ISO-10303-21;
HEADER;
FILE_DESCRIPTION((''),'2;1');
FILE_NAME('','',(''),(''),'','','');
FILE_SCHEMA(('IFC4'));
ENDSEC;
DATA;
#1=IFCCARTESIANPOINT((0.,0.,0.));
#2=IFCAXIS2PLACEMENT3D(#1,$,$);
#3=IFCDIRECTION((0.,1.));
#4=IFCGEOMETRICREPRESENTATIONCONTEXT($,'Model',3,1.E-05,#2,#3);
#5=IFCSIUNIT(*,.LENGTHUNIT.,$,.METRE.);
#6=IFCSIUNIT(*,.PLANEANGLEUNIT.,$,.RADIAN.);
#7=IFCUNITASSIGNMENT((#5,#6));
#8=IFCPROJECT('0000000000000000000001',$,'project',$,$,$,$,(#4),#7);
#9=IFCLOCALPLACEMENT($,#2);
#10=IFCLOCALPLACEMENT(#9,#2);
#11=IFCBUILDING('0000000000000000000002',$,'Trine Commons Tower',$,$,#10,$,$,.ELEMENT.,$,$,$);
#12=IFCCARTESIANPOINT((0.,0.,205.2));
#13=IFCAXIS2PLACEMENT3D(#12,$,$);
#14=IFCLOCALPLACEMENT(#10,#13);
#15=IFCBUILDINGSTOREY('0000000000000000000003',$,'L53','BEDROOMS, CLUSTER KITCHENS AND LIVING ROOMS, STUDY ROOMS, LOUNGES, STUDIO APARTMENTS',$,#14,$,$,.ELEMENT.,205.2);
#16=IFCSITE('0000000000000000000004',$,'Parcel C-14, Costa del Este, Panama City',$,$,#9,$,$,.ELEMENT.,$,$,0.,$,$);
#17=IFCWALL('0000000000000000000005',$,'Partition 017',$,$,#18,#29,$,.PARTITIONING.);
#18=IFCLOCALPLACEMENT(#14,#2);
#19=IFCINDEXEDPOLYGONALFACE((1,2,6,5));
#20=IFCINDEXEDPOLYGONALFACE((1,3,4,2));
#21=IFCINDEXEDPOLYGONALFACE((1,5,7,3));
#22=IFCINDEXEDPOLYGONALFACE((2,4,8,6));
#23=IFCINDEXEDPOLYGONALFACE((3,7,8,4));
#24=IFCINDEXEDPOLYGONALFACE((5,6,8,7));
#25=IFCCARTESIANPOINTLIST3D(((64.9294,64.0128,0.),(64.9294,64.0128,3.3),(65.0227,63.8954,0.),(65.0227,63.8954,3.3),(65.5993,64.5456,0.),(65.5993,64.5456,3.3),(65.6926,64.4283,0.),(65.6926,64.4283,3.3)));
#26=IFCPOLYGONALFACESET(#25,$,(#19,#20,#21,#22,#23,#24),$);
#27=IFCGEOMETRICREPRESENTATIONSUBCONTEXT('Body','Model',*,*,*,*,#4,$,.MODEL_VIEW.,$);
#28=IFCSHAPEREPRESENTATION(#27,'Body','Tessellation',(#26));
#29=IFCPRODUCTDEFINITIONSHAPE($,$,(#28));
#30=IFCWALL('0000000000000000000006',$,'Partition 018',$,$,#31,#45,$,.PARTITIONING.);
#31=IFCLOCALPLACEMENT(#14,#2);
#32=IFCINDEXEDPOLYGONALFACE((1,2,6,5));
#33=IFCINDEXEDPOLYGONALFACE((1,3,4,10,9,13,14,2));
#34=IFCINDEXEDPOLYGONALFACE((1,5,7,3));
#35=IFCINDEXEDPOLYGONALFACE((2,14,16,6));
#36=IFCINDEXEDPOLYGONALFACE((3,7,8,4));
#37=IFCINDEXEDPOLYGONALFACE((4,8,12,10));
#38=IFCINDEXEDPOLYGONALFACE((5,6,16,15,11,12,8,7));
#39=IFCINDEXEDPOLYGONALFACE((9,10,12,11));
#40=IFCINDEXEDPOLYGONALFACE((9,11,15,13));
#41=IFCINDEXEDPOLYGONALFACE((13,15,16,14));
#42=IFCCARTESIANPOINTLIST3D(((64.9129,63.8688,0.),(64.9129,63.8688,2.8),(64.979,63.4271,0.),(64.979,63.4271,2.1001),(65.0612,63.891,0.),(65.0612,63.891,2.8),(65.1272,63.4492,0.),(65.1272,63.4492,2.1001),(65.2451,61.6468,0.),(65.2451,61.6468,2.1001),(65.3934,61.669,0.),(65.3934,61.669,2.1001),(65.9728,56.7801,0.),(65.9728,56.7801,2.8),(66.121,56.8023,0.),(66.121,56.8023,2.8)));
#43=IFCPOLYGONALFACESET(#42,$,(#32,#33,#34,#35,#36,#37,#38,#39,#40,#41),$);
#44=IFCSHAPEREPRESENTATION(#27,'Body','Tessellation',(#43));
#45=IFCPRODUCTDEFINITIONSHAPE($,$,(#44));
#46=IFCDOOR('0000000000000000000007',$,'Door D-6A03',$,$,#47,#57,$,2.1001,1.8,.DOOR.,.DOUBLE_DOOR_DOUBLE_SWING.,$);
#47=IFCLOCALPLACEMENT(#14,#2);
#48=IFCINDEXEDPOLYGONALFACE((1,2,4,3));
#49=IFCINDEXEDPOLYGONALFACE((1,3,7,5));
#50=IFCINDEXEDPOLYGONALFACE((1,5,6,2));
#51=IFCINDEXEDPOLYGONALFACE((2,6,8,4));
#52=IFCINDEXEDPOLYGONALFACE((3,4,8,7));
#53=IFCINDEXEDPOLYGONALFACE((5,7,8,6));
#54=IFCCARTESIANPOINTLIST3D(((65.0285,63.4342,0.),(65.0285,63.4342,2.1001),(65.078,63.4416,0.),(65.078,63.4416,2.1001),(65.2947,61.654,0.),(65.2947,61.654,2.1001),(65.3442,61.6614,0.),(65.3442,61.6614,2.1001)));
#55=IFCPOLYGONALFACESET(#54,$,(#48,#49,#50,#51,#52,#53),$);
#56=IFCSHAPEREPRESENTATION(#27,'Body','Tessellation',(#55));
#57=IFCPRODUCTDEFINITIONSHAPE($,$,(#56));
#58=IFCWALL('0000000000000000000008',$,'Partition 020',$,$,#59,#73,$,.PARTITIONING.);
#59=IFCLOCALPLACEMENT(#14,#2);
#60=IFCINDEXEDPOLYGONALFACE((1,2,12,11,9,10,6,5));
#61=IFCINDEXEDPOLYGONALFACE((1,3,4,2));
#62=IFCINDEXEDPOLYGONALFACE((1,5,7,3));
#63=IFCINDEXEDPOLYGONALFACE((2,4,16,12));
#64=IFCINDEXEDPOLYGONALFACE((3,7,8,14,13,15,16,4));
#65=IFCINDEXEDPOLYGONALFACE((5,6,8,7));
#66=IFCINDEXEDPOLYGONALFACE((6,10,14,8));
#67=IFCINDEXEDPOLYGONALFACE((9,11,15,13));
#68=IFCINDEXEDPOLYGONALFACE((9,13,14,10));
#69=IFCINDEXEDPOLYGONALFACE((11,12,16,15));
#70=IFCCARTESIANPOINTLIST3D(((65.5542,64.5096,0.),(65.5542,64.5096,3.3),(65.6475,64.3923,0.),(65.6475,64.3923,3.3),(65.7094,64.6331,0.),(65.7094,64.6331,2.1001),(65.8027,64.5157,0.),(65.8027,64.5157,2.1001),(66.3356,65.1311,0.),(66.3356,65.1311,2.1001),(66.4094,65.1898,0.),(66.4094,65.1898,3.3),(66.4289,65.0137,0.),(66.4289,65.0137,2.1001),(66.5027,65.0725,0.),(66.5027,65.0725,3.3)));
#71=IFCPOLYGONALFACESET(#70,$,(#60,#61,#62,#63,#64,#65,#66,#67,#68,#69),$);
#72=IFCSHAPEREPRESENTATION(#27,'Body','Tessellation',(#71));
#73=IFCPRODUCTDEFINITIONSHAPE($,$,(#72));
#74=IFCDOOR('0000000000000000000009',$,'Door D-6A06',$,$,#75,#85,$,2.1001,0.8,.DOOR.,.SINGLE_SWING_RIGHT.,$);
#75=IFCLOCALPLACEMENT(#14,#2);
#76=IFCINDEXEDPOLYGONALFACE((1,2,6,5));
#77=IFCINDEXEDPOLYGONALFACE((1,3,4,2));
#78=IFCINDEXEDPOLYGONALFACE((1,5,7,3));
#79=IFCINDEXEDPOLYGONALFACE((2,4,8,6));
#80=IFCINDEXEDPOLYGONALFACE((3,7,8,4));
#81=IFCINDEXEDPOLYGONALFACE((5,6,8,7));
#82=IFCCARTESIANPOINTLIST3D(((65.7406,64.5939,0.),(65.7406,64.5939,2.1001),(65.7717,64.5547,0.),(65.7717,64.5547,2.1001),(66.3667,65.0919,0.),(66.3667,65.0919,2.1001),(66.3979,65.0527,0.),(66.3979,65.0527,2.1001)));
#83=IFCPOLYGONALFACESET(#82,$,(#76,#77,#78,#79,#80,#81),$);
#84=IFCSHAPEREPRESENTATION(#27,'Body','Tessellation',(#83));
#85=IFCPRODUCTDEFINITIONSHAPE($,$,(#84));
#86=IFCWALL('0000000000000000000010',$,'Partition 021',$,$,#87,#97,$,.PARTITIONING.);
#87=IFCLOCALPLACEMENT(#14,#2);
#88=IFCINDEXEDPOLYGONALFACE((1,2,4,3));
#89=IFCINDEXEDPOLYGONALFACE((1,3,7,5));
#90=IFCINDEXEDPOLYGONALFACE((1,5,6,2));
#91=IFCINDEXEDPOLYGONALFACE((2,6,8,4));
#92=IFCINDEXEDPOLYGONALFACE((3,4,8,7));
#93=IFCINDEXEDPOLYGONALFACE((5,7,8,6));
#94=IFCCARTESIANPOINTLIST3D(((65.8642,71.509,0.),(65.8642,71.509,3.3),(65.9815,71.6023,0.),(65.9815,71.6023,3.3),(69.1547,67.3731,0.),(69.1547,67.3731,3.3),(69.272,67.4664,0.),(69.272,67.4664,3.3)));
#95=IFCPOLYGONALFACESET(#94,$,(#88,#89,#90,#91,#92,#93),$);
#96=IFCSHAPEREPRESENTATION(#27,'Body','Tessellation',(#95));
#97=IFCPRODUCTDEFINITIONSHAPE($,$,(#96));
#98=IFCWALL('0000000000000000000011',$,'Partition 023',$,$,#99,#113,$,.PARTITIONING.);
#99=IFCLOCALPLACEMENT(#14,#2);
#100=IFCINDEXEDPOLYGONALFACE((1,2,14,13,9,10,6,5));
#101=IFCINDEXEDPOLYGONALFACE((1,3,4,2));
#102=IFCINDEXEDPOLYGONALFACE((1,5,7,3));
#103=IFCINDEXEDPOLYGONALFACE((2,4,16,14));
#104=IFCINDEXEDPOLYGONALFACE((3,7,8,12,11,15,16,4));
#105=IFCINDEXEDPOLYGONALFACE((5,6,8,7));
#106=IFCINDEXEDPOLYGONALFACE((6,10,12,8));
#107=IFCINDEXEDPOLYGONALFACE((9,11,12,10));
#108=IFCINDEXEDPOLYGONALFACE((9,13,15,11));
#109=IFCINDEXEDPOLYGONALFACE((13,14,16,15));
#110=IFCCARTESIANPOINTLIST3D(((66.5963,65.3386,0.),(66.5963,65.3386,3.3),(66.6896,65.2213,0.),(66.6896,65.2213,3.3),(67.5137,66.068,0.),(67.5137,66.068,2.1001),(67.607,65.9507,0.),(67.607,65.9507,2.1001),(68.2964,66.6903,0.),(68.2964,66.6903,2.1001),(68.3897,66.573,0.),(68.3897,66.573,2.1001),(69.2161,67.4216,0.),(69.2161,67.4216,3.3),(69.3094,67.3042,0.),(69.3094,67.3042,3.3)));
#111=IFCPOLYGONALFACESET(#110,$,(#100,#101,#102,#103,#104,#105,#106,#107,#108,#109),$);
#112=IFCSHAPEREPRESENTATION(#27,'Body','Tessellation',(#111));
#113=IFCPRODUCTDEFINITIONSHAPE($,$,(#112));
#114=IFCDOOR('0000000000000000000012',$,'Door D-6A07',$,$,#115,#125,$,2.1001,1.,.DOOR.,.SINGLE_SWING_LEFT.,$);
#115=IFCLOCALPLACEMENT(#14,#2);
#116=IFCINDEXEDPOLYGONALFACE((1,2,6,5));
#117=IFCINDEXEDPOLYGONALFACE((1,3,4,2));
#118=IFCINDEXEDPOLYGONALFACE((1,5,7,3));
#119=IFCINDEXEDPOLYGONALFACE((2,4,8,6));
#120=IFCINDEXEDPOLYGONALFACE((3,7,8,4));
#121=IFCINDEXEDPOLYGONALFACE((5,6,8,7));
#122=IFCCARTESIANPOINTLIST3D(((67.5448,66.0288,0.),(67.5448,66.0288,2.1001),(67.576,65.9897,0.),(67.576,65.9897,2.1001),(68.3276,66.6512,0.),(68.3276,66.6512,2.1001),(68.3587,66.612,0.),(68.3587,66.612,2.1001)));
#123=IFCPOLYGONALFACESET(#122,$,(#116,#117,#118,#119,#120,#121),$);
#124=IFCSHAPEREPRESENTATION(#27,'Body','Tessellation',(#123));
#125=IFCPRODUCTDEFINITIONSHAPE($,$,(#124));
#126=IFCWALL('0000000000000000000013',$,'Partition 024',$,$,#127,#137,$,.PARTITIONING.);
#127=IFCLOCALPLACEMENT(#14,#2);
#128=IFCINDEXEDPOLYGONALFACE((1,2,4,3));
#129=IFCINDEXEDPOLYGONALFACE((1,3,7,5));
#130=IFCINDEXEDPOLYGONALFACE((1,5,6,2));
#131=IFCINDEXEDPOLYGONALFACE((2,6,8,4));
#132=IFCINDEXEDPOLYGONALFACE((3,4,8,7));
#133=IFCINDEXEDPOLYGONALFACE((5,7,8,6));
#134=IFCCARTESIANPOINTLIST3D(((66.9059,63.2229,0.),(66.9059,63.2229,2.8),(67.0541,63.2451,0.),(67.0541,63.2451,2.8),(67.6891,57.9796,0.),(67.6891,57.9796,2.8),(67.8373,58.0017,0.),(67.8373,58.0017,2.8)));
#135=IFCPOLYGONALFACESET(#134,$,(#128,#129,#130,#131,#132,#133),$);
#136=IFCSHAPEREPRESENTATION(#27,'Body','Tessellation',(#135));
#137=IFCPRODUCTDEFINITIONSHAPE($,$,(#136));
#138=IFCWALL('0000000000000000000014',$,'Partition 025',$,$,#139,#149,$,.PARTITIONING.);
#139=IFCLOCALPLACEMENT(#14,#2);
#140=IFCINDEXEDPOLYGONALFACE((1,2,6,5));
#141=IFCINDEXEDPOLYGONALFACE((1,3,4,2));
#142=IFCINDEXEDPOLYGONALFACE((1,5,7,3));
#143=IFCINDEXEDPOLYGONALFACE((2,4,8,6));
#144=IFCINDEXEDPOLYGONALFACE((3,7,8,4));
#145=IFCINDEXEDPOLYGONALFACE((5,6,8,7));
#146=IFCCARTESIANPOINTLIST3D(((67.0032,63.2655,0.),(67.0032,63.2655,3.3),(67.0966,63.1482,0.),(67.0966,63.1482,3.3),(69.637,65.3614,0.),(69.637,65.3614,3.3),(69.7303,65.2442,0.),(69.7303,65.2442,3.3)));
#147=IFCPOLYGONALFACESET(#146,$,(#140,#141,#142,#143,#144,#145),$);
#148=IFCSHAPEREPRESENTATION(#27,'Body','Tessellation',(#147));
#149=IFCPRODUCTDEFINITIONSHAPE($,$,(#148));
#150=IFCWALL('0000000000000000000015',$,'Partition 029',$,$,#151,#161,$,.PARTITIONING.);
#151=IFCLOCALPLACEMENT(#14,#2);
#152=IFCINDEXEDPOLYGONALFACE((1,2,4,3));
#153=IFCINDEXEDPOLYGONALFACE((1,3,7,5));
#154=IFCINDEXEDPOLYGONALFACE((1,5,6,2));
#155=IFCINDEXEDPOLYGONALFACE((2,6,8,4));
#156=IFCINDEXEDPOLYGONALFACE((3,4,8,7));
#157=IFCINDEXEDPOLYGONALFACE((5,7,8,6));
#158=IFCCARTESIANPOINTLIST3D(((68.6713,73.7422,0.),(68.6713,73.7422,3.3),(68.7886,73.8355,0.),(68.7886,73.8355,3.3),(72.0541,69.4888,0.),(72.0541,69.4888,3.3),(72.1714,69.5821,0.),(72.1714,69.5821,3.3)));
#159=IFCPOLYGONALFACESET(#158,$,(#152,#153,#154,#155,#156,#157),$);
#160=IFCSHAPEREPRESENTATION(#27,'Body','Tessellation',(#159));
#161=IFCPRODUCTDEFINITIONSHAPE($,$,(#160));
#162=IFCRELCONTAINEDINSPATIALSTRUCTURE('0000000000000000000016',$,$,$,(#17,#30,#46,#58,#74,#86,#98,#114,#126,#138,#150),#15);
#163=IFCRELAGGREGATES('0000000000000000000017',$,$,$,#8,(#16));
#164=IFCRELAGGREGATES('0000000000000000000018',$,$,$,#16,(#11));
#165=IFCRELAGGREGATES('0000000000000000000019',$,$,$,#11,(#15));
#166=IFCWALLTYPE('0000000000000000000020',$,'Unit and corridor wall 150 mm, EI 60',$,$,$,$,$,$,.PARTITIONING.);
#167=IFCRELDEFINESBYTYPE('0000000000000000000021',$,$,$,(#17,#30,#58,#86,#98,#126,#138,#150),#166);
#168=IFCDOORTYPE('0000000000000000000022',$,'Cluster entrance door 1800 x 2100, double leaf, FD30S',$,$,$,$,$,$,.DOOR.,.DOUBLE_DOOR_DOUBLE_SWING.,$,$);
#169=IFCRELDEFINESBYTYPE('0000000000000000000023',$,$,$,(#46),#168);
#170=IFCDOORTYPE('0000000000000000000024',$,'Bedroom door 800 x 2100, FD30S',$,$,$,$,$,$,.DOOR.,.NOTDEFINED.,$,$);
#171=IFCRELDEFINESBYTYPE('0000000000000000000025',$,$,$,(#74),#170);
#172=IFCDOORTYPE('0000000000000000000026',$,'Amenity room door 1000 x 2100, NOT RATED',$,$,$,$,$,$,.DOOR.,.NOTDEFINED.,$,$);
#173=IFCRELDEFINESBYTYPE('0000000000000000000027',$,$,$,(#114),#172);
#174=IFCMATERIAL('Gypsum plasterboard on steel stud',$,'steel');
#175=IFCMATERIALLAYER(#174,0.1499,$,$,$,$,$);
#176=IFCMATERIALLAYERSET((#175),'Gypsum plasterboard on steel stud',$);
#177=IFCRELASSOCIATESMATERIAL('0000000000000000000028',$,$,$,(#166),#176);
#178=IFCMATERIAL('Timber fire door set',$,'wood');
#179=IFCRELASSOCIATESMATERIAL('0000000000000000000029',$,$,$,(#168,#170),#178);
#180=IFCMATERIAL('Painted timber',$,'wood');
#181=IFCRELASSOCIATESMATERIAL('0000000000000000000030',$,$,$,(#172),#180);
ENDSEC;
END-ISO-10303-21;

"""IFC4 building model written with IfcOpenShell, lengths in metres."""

from ifc_helpers import new_model, si_unit, direction, frame, frame_2d, origin, place, context, subcontext, project, spatial, rectangle, extrude, material, layer, layer_set, type_object, element, fill, save


model = new_model("IFC4")

# Units and contexts
model_context = context("Model", 3, precision=1e-05, world=origin(), true_north=direction((0.0, 1.0)))
body_context = subcontext(model_context, "Body", "Model", "MODEL_VIEW")
ifc_project = project(units=[si_unit("LENGTHUNIT", "METRE"), si_unit("PLANEANGLEUNIT", "RADIAN")], contexts=[model_context])

# Site, building, storey
site_placement = place(None, origin())
site = spatial("IfcSite", under=ifc_project, at=site_placement, Name="Parcel C-14, Costa del Este, Panama City", CompositionType="ELEMENT", RefElevation=0.0)
building_placement = place(site_placement, origin())
building = spatial("IfcBuilding", under=site, at=building_placement, Name="Trine Commons Tower", CompositionType="ELEMENT")
storey_placement = place(building_placement, frame((0.0, 0.0, 205.2)))
storey = spatial("IfcBuildingStorey", under=building, at=storey_placement, Name="L53", Description="BEDROOMS, CLUSTER KITCHENS AND LIVING ROOMS, STUDY ROOMS, LOUNGES, STUDIO APARTMENTS", CompositionType="ELEMENT", Elevation=205.2)

# Wall
ifc_material_1 = material(Name="Gypsum plasterboard on steel stud", Category="steel")
ifc_layer_1 = layer(ifc_material_1, 0.1499)
ifc_layer_set_1 = layer_set([ifc_layer_1], Name="Gypsum plasterboard on steel stud")
wall_type_1 = type_object("IfcWallType", Name="Unit and corridor wall 150 mm, EI 60", PredefinedType="PARTITIONING", material=ifc_layer_set_1)
wall_1_placement = place(storey_placement, frame((64.9761, 63.9541, 0.0), z_axis=(0.0, 0.0, 1.0), x_axis=(0.782563, 0.622571, 0.0)))
element("IfcWall", 1, at=wall_1_placement, inside=storey, type_object=wall_type_1, Name="Partition 017", PredefinedType="PARTITIONING", context=body_context, shape_type="SweptSolid", body=[
    extrude(rectangle(XDim=0.856, YDim=0.1499, at=frame_2d((0.428, 0.0))), origin(), (0.0, 0.0, 1.0), 3.3),
])

# Walls, openings, doors
wall_2_placement = place(storey_placement, frame((64.9871, 63.8799, 0.0), z_axis=(0.0, 0.0, 1.0), x_axis=(0.147866, -0.989007, 0.0)))
wall_2 = element("IfcWall", 2, at=wall_2_placement, inside=storey, type_object=wall_type_1, Name="Partition 018", PredefinedType="PARTITIONING", context=body_context, shape_type="SweptSolid", body=[
    extrude(rectangle(XDim=7.1675, YDim=0.1499, at=frame_2d((3.5837, 0.0))), origin(), (0.0, 0.0, 1.0), 2.8),
])
opening_1_placement = place(wall_2_placement, frame((0.4468, 0.0, 0.0)))
opening_1 = element("IfcOpeningElement", 3, at=opening_1_placement, cuts=wall_2, PredefinedType="OPENING", context=body_context, shape_type="SweptSolid", body=[
    extrude(rectangle(XDim=1.8, YDim=2.1001, at=frame_2d((0.8999, 1.05))), frame((0.0, 0.085, 0.0), z_axis=(0.0, -1.0, 0.0), x_axis=(1.0, 0.0, 0.0)), (0.0, 0.0, 1.0), 0.1699),
])
ifc_material_2 = material(Name="Timber fire door set", Category="wood")
door_type_1 = type_object("IfcDoorType", Name="Cluster entrance door 1800 x 2100, double leaf, FD30S", OperationType="DOUBLE_DOOR_DOUBLE_SWING", PredefinedType="DOOR", material=ifc_material_2)
door_1_placement = place(opening_1_placement, frame((1.8, 0.0, 0.0), z_axis=(0.0, 0.0, 1.0), x_axis=(-1.0, 0.0, 0.0)))
door_1 = element("IfcDoor", 4, at=door_1_placement, inside=storey, type_object=door_type_1, Name="Door D-6A03", OperationType="DOUBLE_DOOR_DOUBLE_SWING", OverallHeight=2.1001, OverallWidth=1.8, PredefinedType="DOOR", context=body_context, shape_type="SweptSolid", body=[
    extrude(rectangle(XDim=1.8, YDim=2.1001, at=frame_2d((0.8999, 1.05))), frame((0.0, 0.0249, 0.0), z_axis=(0.0, -1.0, 0.0), x_axis=(1.0, 0.0, 0.0)), (0.0, 0.0, 1.0), 0.05),
])
fill(opening_1, door_1)
wall_3_placement = place(storey_placement, frame((65.6008, 64.4509, 0.0), z_axis=(0.0, 0.0, 1.0), x_axis=(0.782653, 0.622458, 0.0)))
wall_3 = element("IfcWall", 5, at=wall_3_placement, inside=storey, type_object=wall_type_1, Name="Partition 020", PredefinedType="PARTITIONING", context=body_context, shape_type="SweptSolid", body=[
    extrude(rectangle(XDim=1.0928, YDim=0.1499, at=frame_2d((0.5464, 0.0))), origin(), (0.0, 0.0, 1.0), 3.3),
])
opening_2_placement = place(wall_3_placement, frame((0.1985, 0.0, 0.0)))
opening_2 = element("IfcOpeningElement", 6, at=opening_2_placement, cuts=wall_3, PredefinedType="OPENING", context=body_context, shape_type="SweptSolid", body=[
    extrude(rectangle(XDim=0.8, YDim=2.1001, at=frame_2d((0.3999, 1.05))), frame((0.0, 0.085, 0.0), z_axis=(0.0, -1.0, 0.0), x_axis=(1.0, 0.0, 0.0)), (0.0, 0.0, 1.0), 0.1699),
])
door_type_2 = type_object("IfcDoorType", Name="Bedroom door 800 x 2100, FD30S", OperationType="NOTDEFINED", PredefinedType="DOOR", material=ifc_material_2)
door_2_placement = place(opening_2_placement, origin())
door_2 = element("IfcDoor", 7, at=door_2_placement, inside=storey, type_object=door_type_2, Name="Door D-6A06", OperationType="SINGLE_SWING_RIGHT", OverallHeight=2.1001, OverallWidth=0.8, PredefinedType="DOOR", context=body_context, shape_type="SweptSolid", body=[
    extrude(rectangle(XDim=0.8, YDim=2.1001, at=frame_2d((0.3999, 1.05))), frame((0.0, 0.0249, 0.0), z_axis=(0.0, -1.0, 0.0), x_axis=(1.0, 0.0, 0.0)), (0.0, 0.0, 1.0), 0.05),
])
fill(opening_2, door_2)

# Wall
wall_4_placement = place(storey_placement, frame((65.9229, 71.5557, 0.0), z_axis=(0.0, 0.0, 1.0), x_axis=(0.622586, -0.782551, 0.0)))
element("IfcWall", 8, at=wall_4_placement, inside=storey, type_object=wall_type_1, Name="Partition 021", PredefinedType="PARTITIONING", context=body_context, shape_type="SweptSolid", body=[
    extrude(rectangle(XDim=5.2852, YDim=0.1499, at=frame_2d((2.6426, 0.0))), origin(), (0.0, 0.0, 1.0), 3.3),
])

# Wall, opening, door
wall_5_placement = place(storey_placement, frame((66.6431, 65.28, 0.0), z_axis=(0.0, 0.0, 1.0), x_axis=(0.782744, 0.622344, 0.0)))
wall_5 = element("IfcWall", 9, at=wall_5_placement, inside=storey, type_object=wall_type_1, Name="Partition 023", PredefinedType="PARTITIONING", context=body_context, shape_type="SweptSolid", body=[
    extrude(rectangle(XDim=3.3469, YDim=0.1499, at=frame_2d((1.6733, 0.0))), origin(), (0.0, 0.0, 1.0), 3.3),
])
opening_3_placement = place(wall_5_placement, frame((1.1719, 0.0, 0.0)))
opening_3 = element("IfcOpeningElement", 10, at=opening_3_placement, cuts=wall_5, PredefinedType="OPENING", context=body_context, shape_type="SweptSolid", body=[
    extrude(rectangle(XDim=1.0, YDim=2.1001, at=frame_2d((0.5, 1.05))), frame((0.0, 0.085, 0.0), z_axis=(0.0, -1.0, 0.0), x_axis=(1.0, 0.0, 0.0)), (0.0, 0.0, 1.0), 0.1699),
])
ifc_material_3 = material(Name="Painted timber", Category="wood")
door_type_3 = type_object("IfcDoorType", Name="Amenity room door 1000 x 2100, NOT RATED", OperationType="NOTDEFINED", PredefinedType="DOOR", material=ifc_material_3)
door_3_placement = place(opening_3_placement, origin())
door_3 = element("IfcDoor", 11, at=door_3_placement, inside=storey, type_object=door_type_3, Name="Door D-6A07", OperationType="SINGLE_SWING_LEFT", OverallHeight=2.1001, OverallWidth=1.0, PredefinedType="DOOR", context=body_context, shape_type="SweptSolid", body=[
    extrude(rectangle(XDim=1.0, YDim=2.1001, at=frame_2d((0.5, 1.05))), frame((0.0, 0.0249, 0.0), z_axis=(0.0, -1.0, 0.0), x_axis=(1.0, 0.0, 0.0)), (0.0, 0.0, 1.0), 0.05),
])
fill(opening_3, door_3)

# Walls
wall_6_placement = place(storey_placement, frame((66.98, 63.2341, 0.0), z_axis=(0.0, 0.0, 1.0), x_axis=(0.14773, -0.989028, 0.0)))
element("IfcWall", 12, at=wall_6_placement, inside=storey, type_object=wall_type_1, Name="Partition 024", PredefinedType="PARTITIONING", context=body_context, shape_type="SweptSolid", body=[
    extrude(rectangle(XDim=5.3015, YDim=0.1499, at=frame_2d((2.6509, 0.0))), origin(), (0.0, 0.0, 1.0), 2.8),
])
wall_7_placement = place(storey_placement, frame((67.0498, 63.2068, 0.0), z_axis=(0.0, 0.0, 1.0), x_axis=(0.782473, 0.622685, 0.0)))
element("IfcWall", 13, at=wall_7_placement, inside=storey, type_object=wall_type_1, Name="Partition 025", PredefinedType="PARTITIONING", context=body_context, shape_type="SweptSolid", body=[
    extrude(rectangle(XDim=3.366, YDim=0.1499, at=frame_2d((1.6831, 0.0))), origin(), (0.0, 0.0, 1.0), 3.3),
])
wall_8_placement = place(storey_placement, frame((68.73, 73.7888, 0.0), z_axis=(0.0, 0.0, 1.0), x_axis=(0.622457, -0.782654, 0.0)))
element("IfcWall", 14, at=wall_8_placement, inside=storey, type_object=wall_type_1, Name="Partition 029", PredefinedType="PARTITIONING", context=body_context, shape_type="SweptSolid", body=[
    extrude(rectangle(XDim=5.4346, YDim=0.1499, at=frame_2d((2.7173, 0.0))), origin(), (0.0, 0.0, 1.0), 3.3),
])

save(model, "model.ifc")
